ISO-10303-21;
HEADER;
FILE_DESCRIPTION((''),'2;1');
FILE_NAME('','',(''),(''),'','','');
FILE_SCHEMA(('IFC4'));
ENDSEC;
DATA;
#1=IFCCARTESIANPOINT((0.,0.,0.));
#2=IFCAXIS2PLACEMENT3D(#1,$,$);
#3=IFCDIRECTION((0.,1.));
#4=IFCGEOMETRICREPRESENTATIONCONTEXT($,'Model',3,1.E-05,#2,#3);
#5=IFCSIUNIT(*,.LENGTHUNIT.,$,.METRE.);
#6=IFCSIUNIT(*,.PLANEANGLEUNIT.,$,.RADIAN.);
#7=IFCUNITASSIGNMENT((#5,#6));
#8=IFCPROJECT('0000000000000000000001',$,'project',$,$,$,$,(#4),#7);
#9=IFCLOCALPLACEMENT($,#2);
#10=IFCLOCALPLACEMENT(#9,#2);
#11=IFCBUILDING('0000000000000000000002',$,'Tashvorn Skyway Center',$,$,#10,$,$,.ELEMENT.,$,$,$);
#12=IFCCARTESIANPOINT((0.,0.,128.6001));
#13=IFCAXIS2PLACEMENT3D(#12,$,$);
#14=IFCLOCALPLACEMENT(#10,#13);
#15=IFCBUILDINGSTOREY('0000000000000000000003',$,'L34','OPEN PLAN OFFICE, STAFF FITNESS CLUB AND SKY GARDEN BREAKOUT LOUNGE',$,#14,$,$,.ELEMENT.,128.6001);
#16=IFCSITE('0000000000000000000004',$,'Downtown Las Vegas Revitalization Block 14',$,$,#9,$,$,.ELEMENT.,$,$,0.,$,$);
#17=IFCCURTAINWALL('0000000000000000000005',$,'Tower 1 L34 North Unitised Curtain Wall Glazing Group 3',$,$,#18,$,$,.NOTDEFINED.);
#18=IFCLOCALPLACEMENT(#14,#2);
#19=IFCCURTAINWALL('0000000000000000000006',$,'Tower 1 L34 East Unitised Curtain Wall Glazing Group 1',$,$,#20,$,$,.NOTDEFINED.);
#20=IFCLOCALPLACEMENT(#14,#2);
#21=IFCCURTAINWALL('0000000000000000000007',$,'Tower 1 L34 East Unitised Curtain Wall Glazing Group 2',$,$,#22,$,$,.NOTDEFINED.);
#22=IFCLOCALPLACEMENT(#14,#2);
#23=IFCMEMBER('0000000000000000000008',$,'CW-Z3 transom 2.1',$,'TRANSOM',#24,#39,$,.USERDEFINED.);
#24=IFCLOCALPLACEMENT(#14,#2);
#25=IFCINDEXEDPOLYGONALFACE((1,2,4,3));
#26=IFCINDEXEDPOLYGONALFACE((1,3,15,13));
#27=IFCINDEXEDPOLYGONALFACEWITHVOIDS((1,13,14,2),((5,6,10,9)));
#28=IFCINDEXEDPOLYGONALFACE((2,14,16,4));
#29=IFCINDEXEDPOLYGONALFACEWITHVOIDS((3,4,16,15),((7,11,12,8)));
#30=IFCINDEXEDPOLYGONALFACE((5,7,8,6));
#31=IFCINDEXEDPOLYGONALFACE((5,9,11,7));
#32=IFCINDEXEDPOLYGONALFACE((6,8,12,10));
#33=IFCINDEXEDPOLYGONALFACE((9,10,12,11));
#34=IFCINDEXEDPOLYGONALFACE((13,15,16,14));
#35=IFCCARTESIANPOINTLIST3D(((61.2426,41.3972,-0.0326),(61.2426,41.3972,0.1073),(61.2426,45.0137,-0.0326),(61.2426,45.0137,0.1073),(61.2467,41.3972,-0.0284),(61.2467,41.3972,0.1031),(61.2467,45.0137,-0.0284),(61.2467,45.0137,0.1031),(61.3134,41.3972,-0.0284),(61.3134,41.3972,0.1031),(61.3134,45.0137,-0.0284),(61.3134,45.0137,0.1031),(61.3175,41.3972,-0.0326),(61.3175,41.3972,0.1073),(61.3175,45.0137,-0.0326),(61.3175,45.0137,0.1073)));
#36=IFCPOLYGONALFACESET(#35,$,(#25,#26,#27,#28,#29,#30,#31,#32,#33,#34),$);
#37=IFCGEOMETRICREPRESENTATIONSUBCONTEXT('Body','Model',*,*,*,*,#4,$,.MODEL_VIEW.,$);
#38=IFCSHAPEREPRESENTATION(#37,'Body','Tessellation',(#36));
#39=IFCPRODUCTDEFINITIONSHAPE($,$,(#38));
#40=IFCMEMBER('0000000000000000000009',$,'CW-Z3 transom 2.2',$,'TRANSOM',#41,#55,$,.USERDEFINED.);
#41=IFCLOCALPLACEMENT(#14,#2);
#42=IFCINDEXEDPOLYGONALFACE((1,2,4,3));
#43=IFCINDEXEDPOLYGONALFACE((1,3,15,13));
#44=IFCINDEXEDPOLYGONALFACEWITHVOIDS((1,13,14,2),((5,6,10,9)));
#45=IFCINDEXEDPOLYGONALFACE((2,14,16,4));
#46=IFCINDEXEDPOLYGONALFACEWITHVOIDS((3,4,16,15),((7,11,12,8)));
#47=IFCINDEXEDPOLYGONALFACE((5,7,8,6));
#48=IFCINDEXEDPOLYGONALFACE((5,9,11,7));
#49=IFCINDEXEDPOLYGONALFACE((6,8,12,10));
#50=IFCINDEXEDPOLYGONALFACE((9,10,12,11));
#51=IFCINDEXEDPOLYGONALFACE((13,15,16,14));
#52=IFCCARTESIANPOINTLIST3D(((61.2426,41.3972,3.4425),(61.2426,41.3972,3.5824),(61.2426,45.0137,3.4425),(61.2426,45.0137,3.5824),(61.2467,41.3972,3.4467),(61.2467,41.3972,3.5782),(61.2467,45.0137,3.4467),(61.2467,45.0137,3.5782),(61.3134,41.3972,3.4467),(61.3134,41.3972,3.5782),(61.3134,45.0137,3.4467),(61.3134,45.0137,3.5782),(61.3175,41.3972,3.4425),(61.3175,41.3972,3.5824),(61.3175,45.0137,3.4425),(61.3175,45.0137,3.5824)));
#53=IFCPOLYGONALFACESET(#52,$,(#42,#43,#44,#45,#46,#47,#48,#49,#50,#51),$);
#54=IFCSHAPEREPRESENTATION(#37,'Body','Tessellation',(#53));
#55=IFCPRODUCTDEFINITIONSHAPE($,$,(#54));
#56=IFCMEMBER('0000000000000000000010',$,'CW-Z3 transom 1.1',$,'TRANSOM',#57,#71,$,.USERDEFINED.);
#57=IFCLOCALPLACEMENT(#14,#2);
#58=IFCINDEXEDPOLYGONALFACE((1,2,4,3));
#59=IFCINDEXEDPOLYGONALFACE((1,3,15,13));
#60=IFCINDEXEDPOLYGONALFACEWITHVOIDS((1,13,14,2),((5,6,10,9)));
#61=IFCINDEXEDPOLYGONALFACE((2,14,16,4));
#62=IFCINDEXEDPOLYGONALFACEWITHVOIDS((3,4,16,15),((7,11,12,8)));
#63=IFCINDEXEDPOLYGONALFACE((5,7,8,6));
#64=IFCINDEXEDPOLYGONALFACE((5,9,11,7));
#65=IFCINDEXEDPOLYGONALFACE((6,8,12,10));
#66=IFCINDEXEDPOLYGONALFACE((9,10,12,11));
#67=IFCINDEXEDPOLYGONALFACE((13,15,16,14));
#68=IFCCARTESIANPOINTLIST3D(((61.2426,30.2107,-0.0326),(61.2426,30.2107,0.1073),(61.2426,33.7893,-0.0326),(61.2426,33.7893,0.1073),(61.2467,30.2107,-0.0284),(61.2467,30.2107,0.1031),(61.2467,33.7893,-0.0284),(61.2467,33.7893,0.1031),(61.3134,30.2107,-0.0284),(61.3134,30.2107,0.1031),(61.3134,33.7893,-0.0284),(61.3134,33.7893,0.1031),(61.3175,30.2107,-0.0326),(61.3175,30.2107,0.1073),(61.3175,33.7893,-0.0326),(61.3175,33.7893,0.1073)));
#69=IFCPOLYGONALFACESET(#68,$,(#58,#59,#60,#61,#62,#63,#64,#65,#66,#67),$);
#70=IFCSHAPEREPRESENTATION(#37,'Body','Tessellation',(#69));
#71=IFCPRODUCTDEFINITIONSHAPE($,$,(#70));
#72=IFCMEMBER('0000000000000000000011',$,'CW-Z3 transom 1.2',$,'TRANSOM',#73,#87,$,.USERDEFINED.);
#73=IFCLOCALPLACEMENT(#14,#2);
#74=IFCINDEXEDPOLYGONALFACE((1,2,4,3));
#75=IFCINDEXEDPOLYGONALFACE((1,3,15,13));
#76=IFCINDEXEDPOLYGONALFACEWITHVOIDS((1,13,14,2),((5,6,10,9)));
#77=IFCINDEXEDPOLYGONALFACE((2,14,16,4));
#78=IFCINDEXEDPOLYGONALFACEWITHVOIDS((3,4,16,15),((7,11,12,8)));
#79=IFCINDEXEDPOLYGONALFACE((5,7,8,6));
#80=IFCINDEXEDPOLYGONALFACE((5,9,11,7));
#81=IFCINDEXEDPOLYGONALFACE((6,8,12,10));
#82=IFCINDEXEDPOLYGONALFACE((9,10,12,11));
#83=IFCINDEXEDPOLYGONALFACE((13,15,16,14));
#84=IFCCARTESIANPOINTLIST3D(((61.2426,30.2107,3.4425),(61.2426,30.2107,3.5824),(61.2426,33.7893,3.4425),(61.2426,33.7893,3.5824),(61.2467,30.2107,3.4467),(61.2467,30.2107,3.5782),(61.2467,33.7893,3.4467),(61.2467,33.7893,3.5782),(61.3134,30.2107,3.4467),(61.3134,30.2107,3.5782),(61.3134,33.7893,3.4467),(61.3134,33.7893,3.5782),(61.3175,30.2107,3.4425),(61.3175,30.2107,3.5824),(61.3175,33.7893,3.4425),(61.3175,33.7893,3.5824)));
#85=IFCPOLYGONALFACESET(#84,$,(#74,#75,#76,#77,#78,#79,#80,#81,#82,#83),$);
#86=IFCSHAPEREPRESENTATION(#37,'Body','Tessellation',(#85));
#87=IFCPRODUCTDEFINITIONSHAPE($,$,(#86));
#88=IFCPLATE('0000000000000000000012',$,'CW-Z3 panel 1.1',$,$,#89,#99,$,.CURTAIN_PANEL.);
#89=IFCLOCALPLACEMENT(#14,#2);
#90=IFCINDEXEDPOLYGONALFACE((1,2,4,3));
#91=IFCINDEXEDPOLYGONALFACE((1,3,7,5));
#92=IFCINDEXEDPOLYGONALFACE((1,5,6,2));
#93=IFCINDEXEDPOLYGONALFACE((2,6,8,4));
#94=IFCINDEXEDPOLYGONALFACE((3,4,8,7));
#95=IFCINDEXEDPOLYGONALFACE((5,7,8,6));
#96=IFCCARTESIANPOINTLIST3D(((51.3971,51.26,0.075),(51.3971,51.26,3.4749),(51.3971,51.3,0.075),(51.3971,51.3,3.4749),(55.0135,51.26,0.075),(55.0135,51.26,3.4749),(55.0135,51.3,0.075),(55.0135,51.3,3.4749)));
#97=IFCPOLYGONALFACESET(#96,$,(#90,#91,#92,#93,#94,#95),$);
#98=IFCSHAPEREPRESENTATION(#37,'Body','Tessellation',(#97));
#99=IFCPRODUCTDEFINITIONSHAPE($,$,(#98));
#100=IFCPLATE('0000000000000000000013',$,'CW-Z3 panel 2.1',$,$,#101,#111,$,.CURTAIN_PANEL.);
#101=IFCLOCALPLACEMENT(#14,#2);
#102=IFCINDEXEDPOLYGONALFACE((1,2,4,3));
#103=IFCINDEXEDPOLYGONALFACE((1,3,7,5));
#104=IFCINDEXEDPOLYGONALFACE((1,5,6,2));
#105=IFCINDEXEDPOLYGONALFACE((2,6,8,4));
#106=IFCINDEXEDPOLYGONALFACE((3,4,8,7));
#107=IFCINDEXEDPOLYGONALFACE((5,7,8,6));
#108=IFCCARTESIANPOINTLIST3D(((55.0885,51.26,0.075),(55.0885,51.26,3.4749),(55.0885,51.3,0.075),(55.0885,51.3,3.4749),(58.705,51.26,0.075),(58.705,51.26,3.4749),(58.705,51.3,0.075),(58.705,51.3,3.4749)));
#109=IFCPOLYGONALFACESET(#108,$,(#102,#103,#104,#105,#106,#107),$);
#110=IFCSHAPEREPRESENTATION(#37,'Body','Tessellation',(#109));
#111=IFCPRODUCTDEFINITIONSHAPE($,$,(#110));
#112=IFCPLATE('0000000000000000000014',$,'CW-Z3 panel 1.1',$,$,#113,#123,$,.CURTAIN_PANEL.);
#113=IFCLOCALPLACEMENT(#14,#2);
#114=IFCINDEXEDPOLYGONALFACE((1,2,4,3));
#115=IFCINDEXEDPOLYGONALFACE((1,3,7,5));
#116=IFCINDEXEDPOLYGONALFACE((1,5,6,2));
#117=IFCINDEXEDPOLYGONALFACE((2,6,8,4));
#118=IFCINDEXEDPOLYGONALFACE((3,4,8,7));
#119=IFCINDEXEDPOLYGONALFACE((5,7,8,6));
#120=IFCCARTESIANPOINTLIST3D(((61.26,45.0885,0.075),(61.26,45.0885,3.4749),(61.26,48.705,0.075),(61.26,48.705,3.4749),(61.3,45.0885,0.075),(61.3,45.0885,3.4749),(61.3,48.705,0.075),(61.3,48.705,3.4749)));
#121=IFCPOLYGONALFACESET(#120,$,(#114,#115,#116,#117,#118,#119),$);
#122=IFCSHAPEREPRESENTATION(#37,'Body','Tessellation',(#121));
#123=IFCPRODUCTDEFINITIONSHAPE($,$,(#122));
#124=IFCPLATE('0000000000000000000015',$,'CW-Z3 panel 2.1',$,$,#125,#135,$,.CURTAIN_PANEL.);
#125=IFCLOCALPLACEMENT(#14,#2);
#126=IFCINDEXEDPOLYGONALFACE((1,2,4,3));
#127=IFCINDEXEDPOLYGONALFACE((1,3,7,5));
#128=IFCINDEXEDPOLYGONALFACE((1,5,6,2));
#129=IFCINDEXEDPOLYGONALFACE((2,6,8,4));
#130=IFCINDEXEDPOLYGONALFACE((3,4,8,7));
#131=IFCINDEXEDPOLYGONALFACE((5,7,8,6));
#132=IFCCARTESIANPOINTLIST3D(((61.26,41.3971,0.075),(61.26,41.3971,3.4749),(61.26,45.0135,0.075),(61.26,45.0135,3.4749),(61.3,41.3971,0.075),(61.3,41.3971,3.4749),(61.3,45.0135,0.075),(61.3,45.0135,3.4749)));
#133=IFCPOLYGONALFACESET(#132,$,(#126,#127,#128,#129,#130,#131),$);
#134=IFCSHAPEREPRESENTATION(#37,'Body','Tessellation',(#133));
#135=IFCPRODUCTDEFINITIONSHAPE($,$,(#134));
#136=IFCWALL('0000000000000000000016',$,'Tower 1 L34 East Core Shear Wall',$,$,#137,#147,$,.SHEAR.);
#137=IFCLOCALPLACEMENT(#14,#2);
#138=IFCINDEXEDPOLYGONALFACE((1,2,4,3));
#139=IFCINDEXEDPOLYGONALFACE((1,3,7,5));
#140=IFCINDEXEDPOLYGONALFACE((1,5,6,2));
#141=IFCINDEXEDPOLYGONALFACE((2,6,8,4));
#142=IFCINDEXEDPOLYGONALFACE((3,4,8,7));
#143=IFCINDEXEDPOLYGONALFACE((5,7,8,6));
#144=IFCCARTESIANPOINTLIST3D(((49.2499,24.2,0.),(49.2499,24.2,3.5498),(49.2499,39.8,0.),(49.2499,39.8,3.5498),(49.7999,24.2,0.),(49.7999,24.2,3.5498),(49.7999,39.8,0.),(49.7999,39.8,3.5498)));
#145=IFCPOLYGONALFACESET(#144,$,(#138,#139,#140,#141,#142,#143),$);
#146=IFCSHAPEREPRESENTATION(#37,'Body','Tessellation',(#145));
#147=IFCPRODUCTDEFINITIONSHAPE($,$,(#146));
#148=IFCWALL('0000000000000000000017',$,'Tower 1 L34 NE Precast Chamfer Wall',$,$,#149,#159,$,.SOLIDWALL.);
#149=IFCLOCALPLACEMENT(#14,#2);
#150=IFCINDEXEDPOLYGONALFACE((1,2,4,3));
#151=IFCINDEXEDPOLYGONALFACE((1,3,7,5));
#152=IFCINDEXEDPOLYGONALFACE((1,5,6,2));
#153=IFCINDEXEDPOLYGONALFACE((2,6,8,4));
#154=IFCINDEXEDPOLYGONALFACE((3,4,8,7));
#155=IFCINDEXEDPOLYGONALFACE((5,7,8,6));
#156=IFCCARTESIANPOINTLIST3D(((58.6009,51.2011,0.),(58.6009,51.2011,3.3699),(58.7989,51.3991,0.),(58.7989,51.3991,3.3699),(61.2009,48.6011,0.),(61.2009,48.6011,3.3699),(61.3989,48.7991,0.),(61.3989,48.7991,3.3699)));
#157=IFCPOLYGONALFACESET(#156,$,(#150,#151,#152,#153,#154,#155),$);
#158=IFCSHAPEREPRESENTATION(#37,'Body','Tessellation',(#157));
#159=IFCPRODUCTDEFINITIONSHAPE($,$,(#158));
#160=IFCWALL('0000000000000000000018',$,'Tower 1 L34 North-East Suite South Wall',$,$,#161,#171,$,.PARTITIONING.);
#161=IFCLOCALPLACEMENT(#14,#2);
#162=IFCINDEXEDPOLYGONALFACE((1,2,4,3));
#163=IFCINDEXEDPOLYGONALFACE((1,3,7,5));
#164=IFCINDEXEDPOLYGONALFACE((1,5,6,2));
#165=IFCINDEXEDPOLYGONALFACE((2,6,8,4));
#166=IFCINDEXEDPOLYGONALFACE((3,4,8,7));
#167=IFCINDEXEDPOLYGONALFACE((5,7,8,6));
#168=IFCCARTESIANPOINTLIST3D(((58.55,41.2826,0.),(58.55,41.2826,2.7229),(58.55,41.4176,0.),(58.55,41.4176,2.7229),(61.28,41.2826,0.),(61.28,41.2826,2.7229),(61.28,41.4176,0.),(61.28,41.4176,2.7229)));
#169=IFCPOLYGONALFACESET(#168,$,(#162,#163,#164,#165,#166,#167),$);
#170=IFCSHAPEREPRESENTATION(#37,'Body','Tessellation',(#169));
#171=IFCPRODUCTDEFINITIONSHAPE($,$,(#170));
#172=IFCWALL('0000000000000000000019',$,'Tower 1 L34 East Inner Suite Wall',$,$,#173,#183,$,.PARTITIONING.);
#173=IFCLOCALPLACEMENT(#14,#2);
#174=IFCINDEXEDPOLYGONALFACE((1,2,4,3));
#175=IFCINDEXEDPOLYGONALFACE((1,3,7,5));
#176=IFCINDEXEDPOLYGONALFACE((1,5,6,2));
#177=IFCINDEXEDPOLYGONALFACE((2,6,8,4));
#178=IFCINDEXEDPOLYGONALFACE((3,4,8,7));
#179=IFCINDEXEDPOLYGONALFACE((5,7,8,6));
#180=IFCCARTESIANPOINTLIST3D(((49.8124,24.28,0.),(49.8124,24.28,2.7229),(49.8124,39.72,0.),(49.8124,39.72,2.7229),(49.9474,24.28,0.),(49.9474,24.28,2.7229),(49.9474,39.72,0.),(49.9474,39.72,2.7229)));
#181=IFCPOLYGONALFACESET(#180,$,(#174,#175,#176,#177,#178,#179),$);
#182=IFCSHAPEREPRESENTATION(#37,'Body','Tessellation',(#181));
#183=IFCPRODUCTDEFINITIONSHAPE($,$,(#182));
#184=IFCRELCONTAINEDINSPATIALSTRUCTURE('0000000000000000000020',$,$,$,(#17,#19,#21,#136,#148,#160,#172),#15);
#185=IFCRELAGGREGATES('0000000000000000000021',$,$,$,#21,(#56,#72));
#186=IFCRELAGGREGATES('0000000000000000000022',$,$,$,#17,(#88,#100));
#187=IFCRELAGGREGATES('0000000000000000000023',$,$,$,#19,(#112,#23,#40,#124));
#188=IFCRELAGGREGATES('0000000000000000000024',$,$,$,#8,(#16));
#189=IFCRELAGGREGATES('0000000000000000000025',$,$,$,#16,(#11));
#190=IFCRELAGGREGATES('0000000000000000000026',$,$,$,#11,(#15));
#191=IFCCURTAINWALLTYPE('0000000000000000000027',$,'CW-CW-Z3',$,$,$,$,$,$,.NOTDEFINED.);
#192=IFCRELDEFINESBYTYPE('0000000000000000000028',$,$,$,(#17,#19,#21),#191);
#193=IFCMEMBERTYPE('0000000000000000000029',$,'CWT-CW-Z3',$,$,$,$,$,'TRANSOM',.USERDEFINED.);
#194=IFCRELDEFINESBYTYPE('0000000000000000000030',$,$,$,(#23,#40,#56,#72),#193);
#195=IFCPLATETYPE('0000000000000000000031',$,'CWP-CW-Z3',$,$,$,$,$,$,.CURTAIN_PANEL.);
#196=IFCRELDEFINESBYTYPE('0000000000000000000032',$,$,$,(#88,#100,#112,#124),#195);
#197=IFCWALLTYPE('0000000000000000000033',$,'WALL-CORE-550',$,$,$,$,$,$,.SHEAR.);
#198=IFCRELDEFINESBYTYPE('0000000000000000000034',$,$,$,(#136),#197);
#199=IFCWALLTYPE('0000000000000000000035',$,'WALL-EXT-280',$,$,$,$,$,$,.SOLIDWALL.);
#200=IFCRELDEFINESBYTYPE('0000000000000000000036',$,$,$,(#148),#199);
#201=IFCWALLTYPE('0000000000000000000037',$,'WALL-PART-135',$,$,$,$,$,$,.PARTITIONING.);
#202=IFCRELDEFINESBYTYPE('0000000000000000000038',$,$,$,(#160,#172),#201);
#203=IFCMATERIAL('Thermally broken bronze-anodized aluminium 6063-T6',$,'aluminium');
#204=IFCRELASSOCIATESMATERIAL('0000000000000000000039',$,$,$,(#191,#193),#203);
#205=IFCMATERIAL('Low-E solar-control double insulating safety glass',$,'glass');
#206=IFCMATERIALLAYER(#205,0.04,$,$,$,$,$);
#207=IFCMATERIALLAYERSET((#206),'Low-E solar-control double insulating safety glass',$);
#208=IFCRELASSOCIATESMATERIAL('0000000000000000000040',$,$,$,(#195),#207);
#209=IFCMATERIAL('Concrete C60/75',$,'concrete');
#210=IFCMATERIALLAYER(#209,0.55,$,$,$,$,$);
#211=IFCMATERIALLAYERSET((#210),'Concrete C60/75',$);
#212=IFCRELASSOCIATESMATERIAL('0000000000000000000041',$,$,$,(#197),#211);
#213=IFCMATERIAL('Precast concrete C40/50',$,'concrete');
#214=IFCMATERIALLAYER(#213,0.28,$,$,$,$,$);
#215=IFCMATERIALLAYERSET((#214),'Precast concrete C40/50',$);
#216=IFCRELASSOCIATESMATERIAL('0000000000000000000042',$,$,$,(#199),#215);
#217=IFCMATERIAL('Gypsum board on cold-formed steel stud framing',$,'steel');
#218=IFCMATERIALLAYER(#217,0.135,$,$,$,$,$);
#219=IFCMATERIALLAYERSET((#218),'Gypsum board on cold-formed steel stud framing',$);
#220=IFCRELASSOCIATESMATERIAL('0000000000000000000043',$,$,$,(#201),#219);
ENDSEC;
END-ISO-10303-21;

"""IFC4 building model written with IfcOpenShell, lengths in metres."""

from ifc_helpers import new_model, si_unit, direction, frame, frame_2d, origin, origin_2d, place, context, subcontext, project, spatial, rectangle, hollow_rectangle, extrude, material, layer, layer_set, material_profile, profile_set, type_object, element, aggregate, save


model = new_model("IFC4")

# Units and contexts
model_context = context("Model", 3, precision=1e-05, world=origin(), true_north=direction((0.0, 1.0)))
body_context = subcontext(model_context, "Body", "Model", "MODEL_VIEW")
ifc_project = project(units=[si_unit("LENGTHUNIT", "METRE"), si_unit("PLANEANGLEUNIT", "RADIAN")], contexts=[model_context])

# Site, building, storey
site_placement = place(None, origin())
site = spatial("IfcSite", under=ifc_project, at=site_placement, Name="Downtown Las Vegas Revitalization Block 14", CompositionType="ELEMENT", RefElevation=0.0)
building_placement = place(site_placement, origin())
building = spatial("IfcBuilding", under=site, at=building_placement, Name="Tashvorn Skyway Center", CompositionType="ELEMENT")
storey_placement = place(building_placement, frame((0.0, 0.0, 128.6001)))
storey = spatial("IfcBuildingStorey", under=building, at=storey_placement, Name="L34", Description="OPEN PLAN OFFICE, STAFF FITNESS CLUB AND SKY GARDEN BREAKOUT LOUNGE", CompositionType="ELEMENT", Elevation=128.6001)

# Curtain walls
ifc_material_1 = material(Name="Thermally broken bronze-anodized aluminium 6063-T6", Category="aluminium")
curtain_wall_type = type_object("IfcCurtainWallType", Name="CW-CW-Z3", PredefinedType="NOTDEFINED", material=ifc_material_1)
curtain_wall_1_placement = place(storey_placement, origin())
curtain_wall_1 = element("IfcCurtainWall", 1, at=curtain_wall_1_placement, inside=storey, type_object=curtain_wall_type, Name="Tower 1 L34 North Unitised Curtain Wall Glazing Group 3", PredefinedType="NOTDEFINED")
curtain_wall_2_placement = place(storey_placement, origin())
curtain_wall_2 = element("IfcCurtainWall", 2, at=curtain_wall_2_placement, inside=storey, type_object=curtain_wall_type, Name="Tower 1 L34 East Unitised Curtain Wall Glazing Group 1", PredefinedType="NOTDEFINED")

# Curtain wall
curtain_wall_3_placement = place(storey_placement, origin())
curtain_wall_3 = element("IfcCurtainWall", 3, at=curtain_wall_3_placement, inside=storey, type_object=curtain_wall_type, Name="Tower 1 L34 East Unitised Curtain Wall Glazing Group 2", PredefinedType="NOTDEFINED")

# Members
ifc_material_profile_1 = material_profile(ifc_material_1, hollow_rectangle(XDim=0.075, YDim=0.1399, WallThickness=0.0042, at=origin_2d()), Name="ALU-TRAN-75x140")
ifc_profile_set_1 = profile_set([ifc_material_profile_1], Name="Thermally broken bronze-anodized aluminium 6063-T6")
member_type_1 = type_object("IfcMemberType", Name="CWT-CW-Z3", ElementType="TRANSOM", PredefinedType="USERDEFINED", material=ifc_profile_set_1)
member_1_placement = place(storey_placement, frame((61.28, 45.0137, 0.0374), z_axis=(0.0, -1.0, 0.0), x_axis=(1.0, 0.0, 0.0)))
member_1 = element("IfcMember", 4, at=member_1_placement, type_object=member_type_1, Name="CW-Z3 transom 2.1", ObjectType="TRANSOM", PredefinedType="USERDEFINED", context=body_context, shape_type="SweptSolid", body=[
    extrude(hollow_rectangle(XDim=0.075, YDim=0.1399, WallThickness=0.0042, at=origin_2d()), origin(), (0.0, 0.0, 1.0), 3.6165),
])
member_2_placement = place(storey_placement, frame((61.28, 45.0137, 3.5125), z_axis=(0.0, -1.0, 0.0), x_axis=(1.0, 0.0, 0.0)))
member_2 = element("IfcMember", 5, at=member_2_placement, type_object=member_type_1, Name="CW-Z3 transom 2.2", ObjectType="TRANSOM", PredefinedType="USERDEFINED", context=body_context, shape_type="SweptSolid", body=[
    extrude(hollow_rectangle(XDim=0.075, YDim=0.1399, WallThickness=0.0042, at=origin_2d()), origin(), (0.0, 0.0, 1.0), 3.6165),
])
member_3_placement = place(storey_placement, frame((61.28, 33.7893, 0.0374), z_axis=(0.0, -1.0, 0.0), x_axis=(1.0, 0.0, 0.0)))
member_3 = element("IfcMember", 6, at=member_3_placement, type_object=member_type_1, Name="CW-Z3 transom 1.1", ObjectType="TRANSOM", PredefinedType="USERDEFINED", context=body_context, shape_type="SweptSolid", body=[
    extrude(hollow_rectangle(XDim=0.075, YDim=0.1399, WallThickness=0.0042, at=origin_2d()), origin(), (0.0, 0.0, 1.0), 3.5786),
])
member_4_placement = place(storey_placement, frame((61.28, 33.7893, 3.5125), z_axis=(0.0, -1.0, 0.0), x_axis=(1.0, 0.0, 0.0)))
member_4 = element("IfcMember", 7, at=member_4_placement, type_object=member_type_1, Name="CW-Z3 transom 1.2", ObjectType="TRANSOM", PredefinedType="USERDEFINED", context=body_context, shape_type="SweptSolid", body=[
    extrude(hollow_rectangle(XDim=0.075, YDim=0.1399, WallThickness=0.0042, at=origin_2d()), origin(), (0.0, 0.0, 1.0), 3.5786),
])
aggregate(curtain_wall_3, [member_3, member_4])

# Plates
ifc_material_2 = material(Name="Low-E solar-control double insulating safety glass", Category="glass")
ifc_layer_1 = layer(ifc_material_2, 0.04)
ifc_layer_set_1 = layer_set([ifc_layer_1], Name="Low-E solar-control double insulating safety glass")
plate_type = type_object("IfcPlateType", Name="CWP-CW-Z3", PredefinedType="CURTAIN_PANEL", material=ifc_layer_set_1)
plate_1_placement = place(storey_placement, frame((53.2053, 51.28, 0.075), z_axis=(0.0, 0.0, 1.0), x_axis=(1.0, 0.0, 0.0)))
plate_1 = element("IfcPlate", 8, at=plate_1_placement, type_object=plate_type, Name="CW-Z3 panel 1.1", PredefinedType="CURTAIN_PANEL", context=body_context, shape_type="SweptSolid", body=[
    extrude(rectangle(XDim=3.6165, YDim=0.04, at=origin_2d()), origin(), (0.0, 0.0, 1.0), 3.3999),
])
plate_2_placement = place(storey_placement, frame((56.8967, 51.28, 0.075), z_axis=(0.0, 0.0, 1.0), x_axis=(1.0, 0.0, 0.0)))
plate_2 = element("IfcPlate", 9, at=plate_2_placement, type_object=plate_type, Name="CW-Z3 panel 2.1", PredefinedType="CURTAIN_PANEL", context=body_context, shape_type="SweptSolid", body=[
    extrude(rectangle(XDim=3.6165, YDim=0.04, at=origin_2d()), origin(), (0.0, 0.0, 1.0), 3.3999),
])
aggregate(curtain_wall_1, [plate_1, plate_2])
plate_3_placement = place(storey_placement, frame((61.28, 46.8967, 0.075), z_axis=(0.0, 0.0, 1.0), x_axis=(0.0, -1.0, 0.0)))
plate_3 = element("IfcPlate", 10, at=plate_3_placement, type_object=plate_type, Name="CW-Z3 panel 1.1", PredefinedType="CURTAIN_PANEL", context=body_context, shape_type="SweptSolid", body=[
    extrude(rectangle(XDim=3.6165, YDim=0.04, at=origin_2d()), origin(), (0.0, 0.0, 1.0), 3.3999),
])
plate_4_placement = place(storey_placement, frame((61.28, 43.2053, 0.075), z_axis=(0.0, 0.0, 1.0), x_axis=(0.0, -1.0, 0.0)))
plate_4 = element("IfcPlate", 11, at=plate_4_placement, type_object=plate_type, Name="CW-Z3 panel 2.1", PredefinedType="CURTAIN_PANEL", context=body_context, shape_type="SweptSolid", body=[
    extrude(rectangle(XDim=3.6165, YDim=0.04, at=origin_2d()), origin(), (0.0, 0.0, 1.0), 3.3999),
])
aggregate(curtain_wall_2, [plate_3, member_1, member_2, plate_4])

# Walls
ifc_material_3 = material(Name="Concrete C60/75", Category="concrete")
ifc_layer_2 = layer(ifc_material_3, 0.55)
ifc_layer_set_2 = layer_set([ifc_layer_2], Name="Concrete C60/75")
wall_type_1 = type_object("IfcWallType", Name="WALL-CORE-550", PredefinedType="SHEAR", material=ifc_layer_set_2)
wall_1_placement = place(storey_placement, frame((49.5249, 39.8, 0.0), z_axis=(0.0, 0.0, 1.0), x_axis=(0.0, -1.0, 0.0)))
element("IfcWall", 12, at=wall_1_placement, inside=storey, type_object=wall_type_1, Name="Tower 1 L34 East Core Shear Wall", PredefinedType="SHEAR", context=body_context, shape_type="SweptSolid", body=[
    extrude(rectangle(XDim=15.6001, YDim=0.55, at=frame_2d((7.8, 0.0))), origin(), (0.0, 0.0, 1.0), 3.5498),
])
ifc_material_4 = material(Name="Precast concrete C40/50", Category="concrete")
ifc_layer_3 = layer(ifc_material_4, 0.28)
ifc_layer_set_3 = layer_set([ifc_layer_3], Name="Precast concrete C40/50")
wall_type_2 = type_object("IfcWallType", Name="WALL-EXT-280", PredefinedType="SOLIDWALL", material=ifc_layer_set_3)
wall_2_placement = place(storey_placement, frame((58.7, 51.3, 0.0), z_axis=(0.0, 0.0, 1.0), x_axis=(0.707107, -0.707107, 0.0)))
element("IfcWall", 13, at=wall_2_placement, inside=storey, type_object=wall_type_2, Name="Tower 1 L34 NE Precast Chamfer Wall", PredefinedType="SOLIDWALL", context=body_context, shape_type="SweptSolid", body=[
    extrude(rectangle(XDim=3.677, YDim=0.28, at=frame_2d((1.8384, 0.0))), origin(), (0.0, 0.0, 1.0), 3.3699),
])
ifc_material_5 = material(Name="Gypsum board on cold-formed steel stud framing", Category="steel")
ifc_layer_4 = layer(ifc_material_5, 0.135)
ifc_layer_set_4 = layer_set([ifc_layer_4], Name="Gypsum board on cold-formed steel stud framing")
wall_type_3 = type_object("IfcWallType", Name="WALL-PART-135", PredefinedType="PARTITIONING", material=ifc_layer_set_4)
wall_3_placement = place(storey_placement, frame((58.55, 41.3501, 0.0), z_axis=(0.0, 0.0, 1.0), x_axis=(1.0, 0.0, 0.0)))
element("IfcWall", 14, at=wall_3_placement, inside=storey, type_object=wall_type_3, Name="Tower 1 L34 North-East Suite South Wall", PredefinedType="PARTITIONING", context=body_context, shape_type="SweptSolid", body=[
    extrude(rectangle(XDim=2.73, YDim=0.135, at=frame_2d((1.365, 0.0))), origin(), (0.0, 0.0, 1.0), 2.7229),
])
wall_4_placement = place(storey_placement, frame((49.8799, 39.72, 0.0), z_axis=(0.0, 0.0, 1.0), x_axis=(0.0, -1.0, 0.0)))
element("IfcWall", 15, at=wall_4_placement, inside=storey, type_object=wall_type_3, Name="Tower 1 L34 East Inner Suite Wall", PredefinedType="PARTITIONING", context=body_context, shape_type="SweptSolid", body=[
    extrude(rectangle(XDim=15.4399, YDim=0.135, at=frame_2d((7.72, 0.0))), origin(), (0.0, 0.0, 1.0), 2.7229),
])

save(model, "model.ifc")
